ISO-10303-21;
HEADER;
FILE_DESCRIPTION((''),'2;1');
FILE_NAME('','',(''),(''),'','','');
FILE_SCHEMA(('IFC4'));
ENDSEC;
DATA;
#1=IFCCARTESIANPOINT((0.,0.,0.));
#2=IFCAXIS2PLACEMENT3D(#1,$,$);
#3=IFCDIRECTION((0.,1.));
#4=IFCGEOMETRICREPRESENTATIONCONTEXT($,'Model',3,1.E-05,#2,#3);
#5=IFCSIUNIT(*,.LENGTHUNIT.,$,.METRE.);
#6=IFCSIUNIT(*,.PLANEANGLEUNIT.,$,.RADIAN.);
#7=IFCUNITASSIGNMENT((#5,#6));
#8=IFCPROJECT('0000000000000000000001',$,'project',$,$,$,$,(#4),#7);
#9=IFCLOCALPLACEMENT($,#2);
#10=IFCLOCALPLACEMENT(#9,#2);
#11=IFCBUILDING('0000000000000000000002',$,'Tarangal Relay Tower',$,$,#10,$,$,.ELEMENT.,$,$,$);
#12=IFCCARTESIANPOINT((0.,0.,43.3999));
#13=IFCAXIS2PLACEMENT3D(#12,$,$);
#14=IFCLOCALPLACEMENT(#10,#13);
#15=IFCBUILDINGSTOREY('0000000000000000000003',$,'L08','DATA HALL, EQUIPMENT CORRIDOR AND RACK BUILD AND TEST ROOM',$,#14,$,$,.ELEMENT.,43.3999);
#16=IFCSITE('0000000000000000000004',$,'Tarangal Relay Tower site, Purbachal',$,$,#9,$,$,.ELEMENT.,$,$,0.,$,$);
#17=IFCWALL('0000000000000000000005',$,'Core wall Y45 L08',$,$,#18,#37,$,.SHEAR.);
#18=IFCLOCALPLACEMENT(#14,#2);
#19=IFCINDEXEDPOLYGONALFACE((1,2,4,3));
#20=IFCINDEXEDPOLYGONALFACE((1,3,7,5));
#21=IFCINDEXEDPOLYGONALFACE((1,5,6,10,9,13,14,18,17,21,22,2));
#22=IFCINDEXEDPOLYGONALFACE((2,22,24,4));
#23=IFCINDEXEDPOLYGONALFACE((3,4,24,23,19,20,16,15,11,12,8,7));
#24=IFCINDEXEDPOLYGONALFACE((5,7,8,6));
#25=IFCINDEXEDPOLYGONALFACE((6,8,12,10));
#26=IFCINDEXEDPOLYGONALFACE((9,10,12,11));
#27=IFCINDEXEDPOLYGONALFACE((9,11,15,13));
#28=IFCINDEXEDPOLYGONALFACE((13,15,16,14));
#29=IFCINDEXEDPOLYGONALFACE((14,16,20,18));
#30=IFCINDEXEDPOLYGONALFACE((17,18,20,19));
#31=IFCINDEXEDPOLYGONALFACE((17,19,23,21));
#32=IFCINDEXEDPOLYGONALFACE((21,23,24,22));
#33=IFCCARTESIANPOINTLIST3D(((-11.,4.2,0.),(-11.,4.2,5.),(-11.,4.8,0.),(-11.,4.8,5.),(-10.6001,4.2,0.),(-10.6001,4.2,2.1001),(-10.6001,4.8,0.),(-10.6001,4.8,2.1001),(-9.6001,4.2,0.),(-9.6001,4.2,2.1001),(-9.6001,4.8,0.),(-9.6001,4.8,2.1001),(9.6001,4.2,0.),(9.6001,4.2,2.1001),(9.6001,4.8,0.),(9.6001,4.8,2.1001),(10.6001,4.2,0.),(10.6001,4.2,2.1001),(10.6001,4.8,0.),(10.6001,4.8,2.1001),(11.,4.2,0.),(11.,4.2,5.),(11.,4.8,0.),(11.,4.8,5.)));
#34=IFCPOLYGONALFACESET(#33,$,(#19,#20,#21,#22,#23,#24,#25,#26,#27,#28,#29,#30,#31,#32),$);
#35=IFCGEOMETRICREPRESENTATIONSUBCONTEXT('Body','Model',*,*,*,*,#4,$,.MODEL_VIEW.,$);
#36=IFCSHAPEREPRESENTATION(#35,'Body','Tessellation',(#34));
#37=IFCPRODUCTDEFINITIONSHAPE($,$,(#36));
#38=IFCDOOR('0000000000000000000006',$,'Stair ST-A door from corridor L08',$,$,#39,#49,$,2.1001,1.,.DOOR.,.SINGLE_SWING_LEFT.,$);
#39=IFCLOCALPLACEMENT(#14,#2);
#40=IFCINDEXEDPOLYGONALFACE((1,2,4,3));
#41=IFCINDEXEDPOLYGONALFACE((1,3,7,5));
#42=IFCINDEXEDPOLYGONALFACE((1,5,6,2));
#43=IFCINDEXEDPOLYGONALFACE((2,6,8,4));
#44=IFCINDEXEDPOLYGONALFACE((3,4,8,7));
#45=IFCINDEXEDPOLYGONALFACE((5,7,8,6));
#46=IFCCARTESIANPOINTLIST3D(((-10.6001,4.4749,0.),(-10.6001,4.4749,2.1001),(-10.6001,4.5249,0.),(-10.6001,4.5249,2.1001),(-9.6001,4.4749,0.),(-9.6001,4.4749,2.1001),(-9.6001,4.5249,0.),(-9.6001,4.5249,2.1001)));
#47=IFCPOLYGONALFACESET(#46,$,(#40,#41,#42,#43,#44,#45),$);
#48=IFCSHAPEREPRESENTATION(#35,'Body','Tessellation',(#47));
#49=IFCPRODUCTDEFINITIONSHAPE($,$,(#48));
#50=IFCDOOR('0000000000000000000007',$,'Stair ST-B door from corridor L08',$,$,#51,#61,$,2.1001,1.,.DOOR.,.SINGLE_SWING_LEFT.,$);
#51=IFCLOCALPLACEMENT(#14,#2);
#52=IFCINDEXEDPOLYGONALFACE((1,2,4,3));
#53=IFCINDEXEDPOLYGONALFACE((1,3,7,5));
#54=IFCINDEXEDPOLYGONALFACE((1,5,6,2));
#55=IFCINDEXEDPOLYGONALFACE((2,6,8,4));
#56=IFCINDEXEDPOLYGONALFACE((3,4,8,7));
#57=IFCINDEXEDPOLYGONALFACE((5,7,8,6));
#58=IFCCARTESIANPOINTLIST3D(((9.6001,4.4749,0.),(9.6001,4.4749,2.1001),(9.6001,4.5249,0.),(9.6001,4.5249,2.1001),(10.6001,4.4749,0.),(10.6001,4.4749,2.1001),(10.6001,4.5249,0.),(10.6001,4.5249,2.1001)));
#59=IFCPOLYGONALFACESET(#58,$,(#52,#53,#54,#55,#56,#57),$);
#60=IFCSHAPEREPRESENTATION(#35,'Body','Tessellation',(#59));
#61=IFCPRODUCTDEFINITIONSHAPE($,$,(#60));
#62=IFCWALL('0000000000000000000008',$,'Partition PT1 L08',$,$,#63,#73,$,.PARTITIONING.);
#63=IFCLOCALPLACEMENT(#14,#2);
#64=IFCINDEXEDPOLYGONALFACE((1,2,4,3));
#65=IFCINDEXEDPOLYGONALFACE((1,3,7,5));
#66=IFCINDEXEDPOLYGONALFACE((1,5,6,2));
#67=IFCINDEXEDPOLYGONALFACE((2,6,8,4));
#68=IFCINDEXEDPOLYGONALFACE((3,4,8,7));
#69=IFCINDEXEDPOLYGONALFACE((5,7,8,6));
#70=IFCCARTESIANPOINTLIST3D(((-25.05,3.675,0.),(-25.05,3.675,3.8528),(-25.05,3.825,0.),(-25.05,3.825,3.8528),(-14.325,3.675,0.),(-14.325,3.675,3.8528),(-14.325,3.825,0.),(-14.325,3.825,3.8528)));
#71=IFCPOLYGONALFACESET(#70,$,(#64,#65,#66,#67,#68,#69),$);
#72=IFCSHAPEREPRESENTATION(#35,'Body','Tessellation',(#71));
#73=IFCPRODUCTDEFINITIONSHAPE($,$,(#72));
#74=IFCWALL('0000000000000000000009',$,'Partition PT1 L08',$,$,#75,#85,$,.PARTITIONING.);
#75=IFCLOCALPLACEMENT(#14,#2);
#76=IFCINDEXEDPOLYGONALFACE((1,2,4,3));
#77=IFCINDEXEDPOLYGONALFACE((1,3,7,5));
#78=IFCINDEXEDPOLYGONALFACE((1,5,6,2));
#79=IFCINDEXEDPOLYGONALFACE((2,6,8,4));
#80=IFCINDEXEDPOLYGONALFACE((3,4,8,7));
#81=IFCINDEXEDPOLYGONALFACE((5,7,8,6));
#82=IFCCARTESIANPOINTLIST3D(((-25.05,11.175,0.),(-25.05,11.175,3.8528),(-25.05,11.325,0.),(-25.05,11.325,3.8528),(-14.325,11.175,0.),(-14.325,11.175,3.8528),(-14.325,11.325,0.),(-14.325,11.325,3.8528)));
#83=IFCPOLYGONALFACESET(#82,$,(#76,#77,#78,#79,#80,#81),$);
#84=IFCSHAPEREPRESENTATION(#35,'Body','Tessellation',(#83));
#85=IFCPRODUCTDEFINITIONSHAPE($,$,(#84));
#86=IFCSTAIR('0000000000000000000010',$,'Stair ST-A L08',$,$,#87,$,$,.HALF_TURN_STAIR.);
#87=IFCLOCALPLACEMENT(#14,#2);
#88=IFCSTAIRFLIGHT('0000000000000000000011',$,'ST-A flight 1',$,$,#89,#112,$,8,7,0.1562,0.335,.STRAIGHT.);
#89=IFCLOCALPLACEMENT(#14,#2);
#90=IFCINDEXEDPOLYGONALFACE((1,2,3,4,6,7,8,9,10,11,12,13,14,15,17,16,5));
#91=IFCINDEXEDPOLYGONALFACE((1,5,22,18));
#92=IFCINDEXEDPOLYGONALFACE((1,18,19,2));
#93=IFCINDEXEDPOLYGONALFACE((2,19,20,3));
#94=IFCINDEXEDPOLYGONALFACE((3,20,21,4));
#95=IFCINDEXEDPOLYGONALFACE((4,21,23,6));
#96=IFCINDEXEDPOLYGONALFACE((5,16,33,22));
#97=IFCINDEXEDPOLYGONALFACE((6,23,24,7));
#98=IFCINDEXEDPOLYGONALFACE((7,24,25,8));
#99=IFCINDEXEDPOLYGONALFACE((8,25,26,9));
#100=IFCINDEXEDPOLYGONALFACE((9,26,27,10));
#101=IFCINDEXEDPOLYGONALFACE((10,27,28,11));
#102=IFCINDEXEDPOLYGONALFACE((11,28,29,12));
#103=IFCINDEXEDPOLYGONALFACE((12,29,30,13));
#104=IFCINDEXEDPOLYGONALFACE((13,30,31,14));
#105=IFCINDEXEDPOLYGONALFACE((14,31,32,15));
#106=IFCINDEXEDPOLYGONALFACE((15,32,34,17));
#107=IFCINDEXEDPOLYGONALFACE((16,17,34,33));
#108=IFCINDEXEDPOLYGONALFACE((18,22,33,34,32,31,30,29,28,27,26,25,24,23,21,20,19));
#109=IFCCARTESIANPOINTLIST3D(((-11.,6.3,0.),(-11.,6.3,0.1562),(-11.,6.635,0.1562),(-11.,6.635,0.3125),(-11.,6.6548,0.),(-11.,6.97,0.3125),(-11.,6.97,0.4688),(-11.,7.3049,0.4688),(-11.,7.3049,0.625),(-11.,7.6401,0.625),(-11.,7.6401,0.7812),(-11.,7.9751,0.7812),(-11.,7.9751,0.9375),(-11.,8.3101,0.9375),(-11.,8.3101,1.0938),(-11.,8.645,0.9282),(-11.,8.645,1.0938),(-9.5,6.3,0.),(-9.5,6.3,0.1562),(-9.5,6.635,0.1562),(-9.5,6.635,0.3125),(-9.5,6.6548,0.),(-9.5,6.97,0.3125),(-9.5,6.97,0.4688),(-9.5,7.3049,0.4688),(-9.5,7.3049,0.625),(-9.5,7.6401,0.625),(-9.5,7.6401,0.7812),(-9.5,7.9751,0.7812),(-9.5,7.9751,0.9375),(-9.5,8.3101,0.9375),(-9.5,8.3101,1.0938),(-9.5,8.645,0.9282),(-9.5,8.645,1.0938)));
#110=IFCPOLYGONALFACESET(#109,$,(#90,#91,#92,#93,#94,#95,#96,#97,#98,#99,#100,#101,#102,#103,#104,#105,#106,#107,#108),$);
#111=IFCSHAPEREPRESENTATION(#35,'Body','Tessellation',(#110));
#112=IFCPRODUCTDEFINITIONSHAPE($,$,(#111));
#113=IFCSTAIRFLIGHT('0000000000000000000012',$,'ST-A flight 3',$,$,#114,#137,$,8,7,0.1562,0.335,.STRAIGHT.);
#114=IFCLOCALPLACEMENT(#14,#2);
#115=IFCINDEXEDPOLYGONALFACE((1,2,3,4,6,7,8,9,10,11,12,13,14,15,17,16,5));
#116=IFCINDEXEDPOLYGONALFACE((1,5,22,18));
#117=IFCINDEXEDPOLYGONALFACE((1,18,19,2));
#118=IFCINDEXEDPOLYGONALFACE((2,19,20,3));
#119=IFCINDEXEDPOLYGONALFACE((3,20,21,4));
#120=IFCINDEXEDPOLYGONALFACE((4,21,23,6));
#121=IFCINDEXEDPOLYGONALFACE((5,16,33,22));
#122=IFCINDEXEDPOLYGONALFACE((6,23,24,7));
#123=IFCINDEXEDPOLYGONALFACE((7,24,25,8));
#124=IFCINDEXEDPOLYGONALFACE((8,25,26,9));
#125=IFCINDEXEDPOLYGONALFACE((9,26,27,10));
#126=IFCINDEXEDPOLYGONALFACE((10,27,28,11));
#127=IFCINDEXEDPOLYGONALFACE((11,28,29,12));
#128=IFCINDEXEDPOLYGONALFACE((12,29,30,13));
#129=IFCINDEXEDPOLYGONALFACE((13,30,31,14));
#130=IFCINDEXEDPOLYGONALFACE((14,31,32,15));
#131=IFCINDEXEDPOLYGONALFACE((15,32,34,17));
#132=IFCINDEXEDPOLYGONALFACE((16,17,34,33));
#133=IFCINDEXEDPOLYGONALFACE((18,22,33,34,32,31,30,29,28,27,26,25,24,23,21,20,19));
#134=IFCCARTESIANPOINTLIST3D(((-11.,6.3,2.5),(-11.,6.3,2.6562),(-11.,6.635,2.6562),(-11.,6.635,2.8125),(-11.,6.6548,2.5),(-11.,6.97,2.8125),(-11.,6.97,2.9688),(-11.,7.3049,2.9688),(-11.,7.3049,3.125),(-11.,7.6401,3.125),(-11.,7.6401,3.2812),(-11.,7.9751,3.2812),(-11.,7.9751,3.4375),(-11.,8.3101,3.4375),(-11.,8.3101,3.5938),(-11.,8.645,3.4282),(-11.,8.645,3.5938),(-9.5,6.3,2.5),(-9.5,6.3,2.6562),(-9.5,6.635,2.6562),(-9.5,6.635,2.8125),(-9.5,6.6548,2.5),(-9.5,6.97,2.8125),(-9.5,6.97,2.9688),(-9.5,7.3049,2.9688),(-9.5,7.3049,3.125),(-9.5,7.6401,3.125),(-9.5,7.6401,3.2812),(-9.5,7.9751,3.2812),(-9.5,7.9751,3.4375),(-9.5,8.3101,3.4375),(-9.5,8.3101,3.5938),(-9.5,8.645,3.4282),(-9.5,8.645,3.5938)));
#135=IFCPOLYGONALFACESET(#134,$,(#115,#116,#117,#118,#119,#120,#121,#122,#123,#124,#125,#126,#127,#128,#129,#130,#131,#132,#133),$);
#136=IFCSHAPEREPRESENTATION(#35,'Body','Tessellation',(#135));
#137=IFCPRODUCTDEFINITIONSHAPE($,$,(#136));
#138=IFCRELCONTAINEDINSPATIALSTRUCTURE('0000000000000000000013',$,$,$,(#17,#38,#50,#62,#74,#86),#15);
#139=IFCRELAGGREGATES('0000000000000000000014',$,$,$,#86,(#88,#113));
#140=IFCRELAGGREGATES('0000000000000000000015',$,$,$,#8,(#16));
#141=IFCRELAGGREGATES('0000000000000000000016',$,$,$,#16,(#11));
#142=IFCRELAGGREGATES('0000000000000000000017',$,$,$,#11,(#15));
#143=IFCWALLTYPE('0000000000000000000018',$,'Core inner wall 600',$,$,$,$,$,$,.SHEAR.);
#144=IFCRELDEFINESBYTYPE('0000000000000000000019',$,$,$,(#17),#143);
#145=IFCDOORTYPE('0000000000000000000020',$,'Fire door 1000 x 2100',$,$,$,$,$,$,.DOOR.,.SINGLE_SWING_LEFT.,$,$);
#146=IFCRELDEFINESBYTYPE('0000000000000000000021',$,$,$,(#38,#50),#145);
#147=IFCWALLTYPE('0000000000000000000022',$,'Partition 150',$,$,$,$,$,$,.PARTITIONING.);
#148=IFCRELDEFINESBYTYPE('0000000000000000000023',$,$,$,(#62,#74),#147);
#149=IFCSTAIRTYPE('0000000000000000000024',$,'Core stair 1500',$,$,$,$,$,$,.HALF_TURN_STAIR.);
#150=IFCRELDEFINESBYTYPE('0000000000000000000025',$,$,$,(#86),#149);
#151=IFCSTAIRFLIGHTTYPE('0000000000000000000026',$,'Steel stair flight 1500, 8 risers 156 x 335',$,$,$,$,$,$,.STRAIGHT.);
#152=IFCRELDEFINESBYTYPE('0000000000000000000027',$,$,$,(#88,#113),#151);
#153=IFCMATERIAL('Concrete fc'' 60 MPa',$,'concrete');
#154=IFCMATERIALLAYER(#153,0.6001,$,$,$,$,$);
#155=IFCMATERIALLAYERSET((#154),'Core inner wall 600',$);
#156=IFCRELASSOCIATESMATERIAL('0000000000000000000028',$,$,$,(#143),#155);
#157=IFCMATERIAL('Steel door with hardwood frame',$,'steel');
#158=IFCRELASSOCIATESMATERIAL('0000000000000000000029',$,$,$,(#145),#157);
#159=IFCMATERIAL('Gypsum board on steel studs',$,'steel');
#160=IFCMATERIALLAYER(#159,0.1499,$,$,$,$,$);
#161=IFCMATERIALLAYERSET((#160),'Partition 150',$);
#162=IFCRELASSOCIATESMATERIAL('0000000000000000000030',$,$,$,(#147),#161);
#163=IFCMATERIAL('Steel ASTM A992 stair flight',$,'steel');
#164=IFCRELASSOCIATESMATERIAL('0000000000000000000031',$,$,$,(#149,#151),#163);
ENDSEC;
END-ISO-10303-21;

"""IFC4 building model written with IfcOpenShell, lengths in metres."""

from ifc_helpers import new_model, si_unit, direction, frame, frame_2d, origin, place, context, subcontext, project, spatial, polyline, rectangle, outline, extrude, material, layer, layer_set, type_object, element, fill, aggregate, save


model = new_model("IFC4")

# Units and contexts
model_context = context("Model", 3, precision=1e-05, world=origin(), true_north=direction((0.0, 1.0)))
body_context = subcontext(model_context, "Body", "Model", "MODEL_VIEW")
ifc_project = project(units=[si_unit("LENGTHUNIT", "METRE"), si_unit("PLANEANGLEUNIT", "RADIAN")], contexts=[model_context])

# Site, building, storey
site_placement = place(None, origin())
site = spatial("IfcSite", under=ifc_project, at=site_placement, Name="Tarangal Relay Tower site, Purbachal", CompositionType="ELEMENT", RefElevation=0.0)
building_placement = place(site_placement, origin())
building = spatial("IfcBuilding", under=site, at=building_placement, Name="Tarangal Relay Tower", CompositionType="ELEMENT")
storey_placement = place(building_placement, frame((0.0, 0.0, 43.3999)))
storey = spatial("IfcBuildingStorey", under=building, at=storey_placement, Name="L08", Description="DATA HALL, EQUIPMENT CORRIDOR AND RACK BUILD AND TEST ROOM", CompositionType="ELEMENT", Elevation=43.3999)

# Wall, openings, doors
ifc_material_1 = material(Name="Concrete fc' 60 MPa", Category="concrete")
ifc_layer_1 = layer(ifc_material_1, 0.6001)
ifc_layer_set_1 = layer_set([ifc_layer_1], Name="Core inner wall 600")
wall_type_1 = type_object("IfcWallType", Name="Core inner wall 600", PredefinedType="SHEAR", material=ifc_layer_set_1)
wall_1_placement = place(storey_placement, frame((-11.0, 4.5, 0.0), z_axis=(0.0, 0.0, 1.0), x_axis=(1.0, 0.0, 0.0)))
wall_1 = element("IfcWall", 1, at=wall_1_placement, inside=storey, type_object=wall_type_1, Name="Core wall Y45 L08", PredefinedType="SHEAR", context=body_context, shape_type="SweptSolid", body=[
    extrude(rectangle(XDim=22.0, YDim=0.6001, at=frame_2d((11.0, 0.0))), origin(), (0.0, 0.0, 1.0), 5.0),
])
opening_1_placement = place(wall_1_placement, frame((0.3999, 0.0, 0.0)))
opening_1 = element("IfcOpeningElement", 2, at=opening_1_placement, cuts=wall_1, PredefinedType="OPENING", context=body_context, shape_type="SweptSolid", body=[
    extrude(rectangle(XDim=1.0, YDim=2.1001, at=frame_2d((0.5, 1.05))), frame((0.0, 0.3101, 0.0), z_axis=(0.0, -1.0, 0.0), x_axis=(1.0, 0.0, 0.0)), (0.0, 0.0, 1.0), 0.6201),
])
opening_2_placement = place(wall_1_placement, frame((20.6001, 0.0, 0.0)))
opening_2 = element("IfcOpeningElement", 3, at=opening_2_placement, cuts=wall_1, PredefinedType="OPENING", context=body_context, shape_type="SweptSolid", body=[
    extrude(rectangle(XDim=1.0, YDim=2.1001, at=frame_2d((0.5, 1.05))), frame((0.0, 0.3101, 0.0), z_axis=(0.0, -1.0, 0.0), x_axis=(1.0, 0.0, 0.0)), (0.0, 0.0, 1.0), 0.6201),
])
ifc_material_2 = material(Name="Steel door with hardwood frame", Category="steel")
door_type_1 = type_object("IfcDoorType", Name="Fire door 1000 x 2100", OperationType="SINGLE_SWING_LEFT", PredefinedType="DOOR", material=ifc_material_2)
door_1_placement = place(opening_1_placement, origin())
door_1 = element("IfcDoor", 4, at=door_1_placement, inside=storey, type_object=door_type_1, Name="Stair ST-A door from corridor L08", OperationType="SINGLE_SWING_LEFT", OverallHeight=2.1001, OverallWidth=1.0, PredefinedType="DOOR", context=body_context, shape_type="SweptSolid", body=[
    extrude(rectangle(XDim=1.0, YDim=2.1001, at=frame_2d((0.5, 1.05))), frame((0.0, 0.0249, 0.0), z_axis=(0.0, -1.0, 0.0), x_axis=(1.0, 0.0, 0.0)), (0.0, 0.0, 1.0), 0.05),
])
fill(opening_1, door_1)
door_2_placement = place(opening_2_placement, origin())
door_2 = element("IfcDoor", 5, at=door_2_placement, inside=storey, type_object=door_type_1, Name="Stair ST-B door from corridor L08", OperationType="SINGLE_SWING_LEFT", OverallHeight=2.1001, OverallWidth=1.0, PredefinedType="DOOR", context=body_context, shape_type="SweptSolid", body=[
    extrude(rectangle(XDim=1.0, YDim=2.1001, at=frame_2d((0.5, 1.05))), frame((0.0, 0.0249, 0.0), z_axis=(0.0, -1.0, 0.0), x_axis=(1.0, 0.0, 0.0)), (0.0, 0.0, 1.0), 0.05),
])
fill(opening_2, door_2)

# Walls
ifc_material_3 = material(Name="Gypsum board on steel studs", Category="steel")
ifc_layer_2 = layer(ifc_material_3, 0.1499)
ifc_layer_set_2 = layer_set([ifc_layer_2], Name="Partition 150")
wall_type_2 = type_object("IfcWallType", Name="Partition 150", PredefinedType="PARTITIONING", material=ifc_layer_set_2)
for number, where, z_axis, x_axis, name in (
    (6, (-25.05, 3.75, 0.0), (0.0, 0.0, 1.0), (1.0, 0.0, 0.0), "Partition PT1 L08"),
    (7, (-25.05, 11.25, 0.0), (0.0, 0.0, 1.0), (1.0, 0.0, 0.0), "Partition PT1 L08"),
):
    element("IfcWall", number, at=place(storey_placement, frame(where, z_axis=z_axis, x_axis=x_axis)), inside=storey, type_object=wall_type_2, Name=name, PredefinedType="PARTITIONING", context=body_context, shape_type="SweptSolid", body=[
        extrude(rectangle(XDim=10.7251, YDim=0.1499, at=frame_2d((5.3625, 0.0))), origin(), (0.0, 0.0, 1.0), 3.8528),
    ])

# Stair, stair flights
ifc_material_4 = material(Name="Steel ASTM A992 stair flight", Category="steel")
stair_type = type_object("IfcStairType", Name="Core stair 1500", PredefinedType="HALF_TURN_STAIR", material=ifc_material_4)
stair_placement = place(storey_placement, origin())
stair = element("IfcStair", 8, at=stair_placement, inside=storey, type_object=stair_type, Name="Stair ST-A L08", PredefinedType="HALF_TURN_STAIR")
stair_flight_type = type_object("IfcStairFlightType", Name="Steel stair flight 1500, 8 risers 156 x 335", PredefinedType="STRAIGHT", material=ifc_material_4)
stair_flight_1_placement = place(storey_placement, frame((-10.25, 6.3, 0.0), z_axis=(0.0, 0.0, 1.0), x_axis=(0.0, 1.0, 0.0)))
stair_flight_1 = element("IfcStairFlight", 9, at=stair_flight_1_placement, type_object=stair_flight_type, Name="ST-A flight 1", NumberOfRisers=8, NumberOfTreads=7, PredefinedType="STRAIGHT", RiserHeight=0.1562, TreadLength=0.335, context=body_context, shape_type="SweptSolid", body=[
    extrude(outline(polyline([(0.0, 0.0), (0.0, 0.1562), (0.335, 0.1562), (0.335, 0.3125), (0.6699, 0.3125), (0.6699, 0.4688), (1.0049, 0.4688), (1.0049, 0.625), (1.3401, 0.625), (1.3401, 0.7812), (1.675, 0.7812), (1.675, 0.9375), (2.01, 0.9375), (2.01, 1.0938), (2.345, 1.0938), (2.345, 1.25), (2.345, 0.9282), (0.3547, 0.0), (0.0, 0.0)])), frame((0.0, 0.75, 0.0), z_axis=(0.0, -1.0, 0.0), x_axis=(1.0, 0.0, 0.0)), (0.0, 0.0, 1.0), 1.5),
])
stair_flight_2_placement = place(storey_placement, frame((-10.25, 6.3, 2.5), z_axis=(0.0, 0.0, 1.0), x_axis=(0.0, 1.0, 0.0)))
stair_flight_2 = element("IfcStairFlight", 10, at=stair_flight_2_placement, type_object=stair_flight_type, Name="ST-A flight 3", NumberOfRisers=8, NumberOfTreads=7, PredefinedType="STRAIGHT", RiserHeight=0.1562, TreadLength=0.335, context=body_context, shape_type="SweptSolid", body=[
    extrude(outline(polyline([(0.0, 0.0), (0.0, 0.1562), (0.335, 0.1562), (0.335, 0.3125), (0.6699, 0.3125), (0.6699, 0.4688), (1.0049, 0.4688), (1.0049, 0.625), (1.3401, 0.625), (1.3401, 0.7812), (1.675, 0.7812), (1.675, 0.9375), (2.01, 0.9375), (2.01, 1.0938), (2.345, 1.0938), (2.345, 1.25), (2.345, 0.9282), (0.3547, 0.0), (0.0, 0.0)])), frame((0.0, 0.75, 0.0), z_axis=(0.0, -1.0, 0.0), x_axis=(1.0, 0.0, 0.0)), (0.0, 0.0, 1.0), 1.5),
])
aggregate(stair, [stair_flight_1, stair_flight_2])

save(model, "model.ifc")
